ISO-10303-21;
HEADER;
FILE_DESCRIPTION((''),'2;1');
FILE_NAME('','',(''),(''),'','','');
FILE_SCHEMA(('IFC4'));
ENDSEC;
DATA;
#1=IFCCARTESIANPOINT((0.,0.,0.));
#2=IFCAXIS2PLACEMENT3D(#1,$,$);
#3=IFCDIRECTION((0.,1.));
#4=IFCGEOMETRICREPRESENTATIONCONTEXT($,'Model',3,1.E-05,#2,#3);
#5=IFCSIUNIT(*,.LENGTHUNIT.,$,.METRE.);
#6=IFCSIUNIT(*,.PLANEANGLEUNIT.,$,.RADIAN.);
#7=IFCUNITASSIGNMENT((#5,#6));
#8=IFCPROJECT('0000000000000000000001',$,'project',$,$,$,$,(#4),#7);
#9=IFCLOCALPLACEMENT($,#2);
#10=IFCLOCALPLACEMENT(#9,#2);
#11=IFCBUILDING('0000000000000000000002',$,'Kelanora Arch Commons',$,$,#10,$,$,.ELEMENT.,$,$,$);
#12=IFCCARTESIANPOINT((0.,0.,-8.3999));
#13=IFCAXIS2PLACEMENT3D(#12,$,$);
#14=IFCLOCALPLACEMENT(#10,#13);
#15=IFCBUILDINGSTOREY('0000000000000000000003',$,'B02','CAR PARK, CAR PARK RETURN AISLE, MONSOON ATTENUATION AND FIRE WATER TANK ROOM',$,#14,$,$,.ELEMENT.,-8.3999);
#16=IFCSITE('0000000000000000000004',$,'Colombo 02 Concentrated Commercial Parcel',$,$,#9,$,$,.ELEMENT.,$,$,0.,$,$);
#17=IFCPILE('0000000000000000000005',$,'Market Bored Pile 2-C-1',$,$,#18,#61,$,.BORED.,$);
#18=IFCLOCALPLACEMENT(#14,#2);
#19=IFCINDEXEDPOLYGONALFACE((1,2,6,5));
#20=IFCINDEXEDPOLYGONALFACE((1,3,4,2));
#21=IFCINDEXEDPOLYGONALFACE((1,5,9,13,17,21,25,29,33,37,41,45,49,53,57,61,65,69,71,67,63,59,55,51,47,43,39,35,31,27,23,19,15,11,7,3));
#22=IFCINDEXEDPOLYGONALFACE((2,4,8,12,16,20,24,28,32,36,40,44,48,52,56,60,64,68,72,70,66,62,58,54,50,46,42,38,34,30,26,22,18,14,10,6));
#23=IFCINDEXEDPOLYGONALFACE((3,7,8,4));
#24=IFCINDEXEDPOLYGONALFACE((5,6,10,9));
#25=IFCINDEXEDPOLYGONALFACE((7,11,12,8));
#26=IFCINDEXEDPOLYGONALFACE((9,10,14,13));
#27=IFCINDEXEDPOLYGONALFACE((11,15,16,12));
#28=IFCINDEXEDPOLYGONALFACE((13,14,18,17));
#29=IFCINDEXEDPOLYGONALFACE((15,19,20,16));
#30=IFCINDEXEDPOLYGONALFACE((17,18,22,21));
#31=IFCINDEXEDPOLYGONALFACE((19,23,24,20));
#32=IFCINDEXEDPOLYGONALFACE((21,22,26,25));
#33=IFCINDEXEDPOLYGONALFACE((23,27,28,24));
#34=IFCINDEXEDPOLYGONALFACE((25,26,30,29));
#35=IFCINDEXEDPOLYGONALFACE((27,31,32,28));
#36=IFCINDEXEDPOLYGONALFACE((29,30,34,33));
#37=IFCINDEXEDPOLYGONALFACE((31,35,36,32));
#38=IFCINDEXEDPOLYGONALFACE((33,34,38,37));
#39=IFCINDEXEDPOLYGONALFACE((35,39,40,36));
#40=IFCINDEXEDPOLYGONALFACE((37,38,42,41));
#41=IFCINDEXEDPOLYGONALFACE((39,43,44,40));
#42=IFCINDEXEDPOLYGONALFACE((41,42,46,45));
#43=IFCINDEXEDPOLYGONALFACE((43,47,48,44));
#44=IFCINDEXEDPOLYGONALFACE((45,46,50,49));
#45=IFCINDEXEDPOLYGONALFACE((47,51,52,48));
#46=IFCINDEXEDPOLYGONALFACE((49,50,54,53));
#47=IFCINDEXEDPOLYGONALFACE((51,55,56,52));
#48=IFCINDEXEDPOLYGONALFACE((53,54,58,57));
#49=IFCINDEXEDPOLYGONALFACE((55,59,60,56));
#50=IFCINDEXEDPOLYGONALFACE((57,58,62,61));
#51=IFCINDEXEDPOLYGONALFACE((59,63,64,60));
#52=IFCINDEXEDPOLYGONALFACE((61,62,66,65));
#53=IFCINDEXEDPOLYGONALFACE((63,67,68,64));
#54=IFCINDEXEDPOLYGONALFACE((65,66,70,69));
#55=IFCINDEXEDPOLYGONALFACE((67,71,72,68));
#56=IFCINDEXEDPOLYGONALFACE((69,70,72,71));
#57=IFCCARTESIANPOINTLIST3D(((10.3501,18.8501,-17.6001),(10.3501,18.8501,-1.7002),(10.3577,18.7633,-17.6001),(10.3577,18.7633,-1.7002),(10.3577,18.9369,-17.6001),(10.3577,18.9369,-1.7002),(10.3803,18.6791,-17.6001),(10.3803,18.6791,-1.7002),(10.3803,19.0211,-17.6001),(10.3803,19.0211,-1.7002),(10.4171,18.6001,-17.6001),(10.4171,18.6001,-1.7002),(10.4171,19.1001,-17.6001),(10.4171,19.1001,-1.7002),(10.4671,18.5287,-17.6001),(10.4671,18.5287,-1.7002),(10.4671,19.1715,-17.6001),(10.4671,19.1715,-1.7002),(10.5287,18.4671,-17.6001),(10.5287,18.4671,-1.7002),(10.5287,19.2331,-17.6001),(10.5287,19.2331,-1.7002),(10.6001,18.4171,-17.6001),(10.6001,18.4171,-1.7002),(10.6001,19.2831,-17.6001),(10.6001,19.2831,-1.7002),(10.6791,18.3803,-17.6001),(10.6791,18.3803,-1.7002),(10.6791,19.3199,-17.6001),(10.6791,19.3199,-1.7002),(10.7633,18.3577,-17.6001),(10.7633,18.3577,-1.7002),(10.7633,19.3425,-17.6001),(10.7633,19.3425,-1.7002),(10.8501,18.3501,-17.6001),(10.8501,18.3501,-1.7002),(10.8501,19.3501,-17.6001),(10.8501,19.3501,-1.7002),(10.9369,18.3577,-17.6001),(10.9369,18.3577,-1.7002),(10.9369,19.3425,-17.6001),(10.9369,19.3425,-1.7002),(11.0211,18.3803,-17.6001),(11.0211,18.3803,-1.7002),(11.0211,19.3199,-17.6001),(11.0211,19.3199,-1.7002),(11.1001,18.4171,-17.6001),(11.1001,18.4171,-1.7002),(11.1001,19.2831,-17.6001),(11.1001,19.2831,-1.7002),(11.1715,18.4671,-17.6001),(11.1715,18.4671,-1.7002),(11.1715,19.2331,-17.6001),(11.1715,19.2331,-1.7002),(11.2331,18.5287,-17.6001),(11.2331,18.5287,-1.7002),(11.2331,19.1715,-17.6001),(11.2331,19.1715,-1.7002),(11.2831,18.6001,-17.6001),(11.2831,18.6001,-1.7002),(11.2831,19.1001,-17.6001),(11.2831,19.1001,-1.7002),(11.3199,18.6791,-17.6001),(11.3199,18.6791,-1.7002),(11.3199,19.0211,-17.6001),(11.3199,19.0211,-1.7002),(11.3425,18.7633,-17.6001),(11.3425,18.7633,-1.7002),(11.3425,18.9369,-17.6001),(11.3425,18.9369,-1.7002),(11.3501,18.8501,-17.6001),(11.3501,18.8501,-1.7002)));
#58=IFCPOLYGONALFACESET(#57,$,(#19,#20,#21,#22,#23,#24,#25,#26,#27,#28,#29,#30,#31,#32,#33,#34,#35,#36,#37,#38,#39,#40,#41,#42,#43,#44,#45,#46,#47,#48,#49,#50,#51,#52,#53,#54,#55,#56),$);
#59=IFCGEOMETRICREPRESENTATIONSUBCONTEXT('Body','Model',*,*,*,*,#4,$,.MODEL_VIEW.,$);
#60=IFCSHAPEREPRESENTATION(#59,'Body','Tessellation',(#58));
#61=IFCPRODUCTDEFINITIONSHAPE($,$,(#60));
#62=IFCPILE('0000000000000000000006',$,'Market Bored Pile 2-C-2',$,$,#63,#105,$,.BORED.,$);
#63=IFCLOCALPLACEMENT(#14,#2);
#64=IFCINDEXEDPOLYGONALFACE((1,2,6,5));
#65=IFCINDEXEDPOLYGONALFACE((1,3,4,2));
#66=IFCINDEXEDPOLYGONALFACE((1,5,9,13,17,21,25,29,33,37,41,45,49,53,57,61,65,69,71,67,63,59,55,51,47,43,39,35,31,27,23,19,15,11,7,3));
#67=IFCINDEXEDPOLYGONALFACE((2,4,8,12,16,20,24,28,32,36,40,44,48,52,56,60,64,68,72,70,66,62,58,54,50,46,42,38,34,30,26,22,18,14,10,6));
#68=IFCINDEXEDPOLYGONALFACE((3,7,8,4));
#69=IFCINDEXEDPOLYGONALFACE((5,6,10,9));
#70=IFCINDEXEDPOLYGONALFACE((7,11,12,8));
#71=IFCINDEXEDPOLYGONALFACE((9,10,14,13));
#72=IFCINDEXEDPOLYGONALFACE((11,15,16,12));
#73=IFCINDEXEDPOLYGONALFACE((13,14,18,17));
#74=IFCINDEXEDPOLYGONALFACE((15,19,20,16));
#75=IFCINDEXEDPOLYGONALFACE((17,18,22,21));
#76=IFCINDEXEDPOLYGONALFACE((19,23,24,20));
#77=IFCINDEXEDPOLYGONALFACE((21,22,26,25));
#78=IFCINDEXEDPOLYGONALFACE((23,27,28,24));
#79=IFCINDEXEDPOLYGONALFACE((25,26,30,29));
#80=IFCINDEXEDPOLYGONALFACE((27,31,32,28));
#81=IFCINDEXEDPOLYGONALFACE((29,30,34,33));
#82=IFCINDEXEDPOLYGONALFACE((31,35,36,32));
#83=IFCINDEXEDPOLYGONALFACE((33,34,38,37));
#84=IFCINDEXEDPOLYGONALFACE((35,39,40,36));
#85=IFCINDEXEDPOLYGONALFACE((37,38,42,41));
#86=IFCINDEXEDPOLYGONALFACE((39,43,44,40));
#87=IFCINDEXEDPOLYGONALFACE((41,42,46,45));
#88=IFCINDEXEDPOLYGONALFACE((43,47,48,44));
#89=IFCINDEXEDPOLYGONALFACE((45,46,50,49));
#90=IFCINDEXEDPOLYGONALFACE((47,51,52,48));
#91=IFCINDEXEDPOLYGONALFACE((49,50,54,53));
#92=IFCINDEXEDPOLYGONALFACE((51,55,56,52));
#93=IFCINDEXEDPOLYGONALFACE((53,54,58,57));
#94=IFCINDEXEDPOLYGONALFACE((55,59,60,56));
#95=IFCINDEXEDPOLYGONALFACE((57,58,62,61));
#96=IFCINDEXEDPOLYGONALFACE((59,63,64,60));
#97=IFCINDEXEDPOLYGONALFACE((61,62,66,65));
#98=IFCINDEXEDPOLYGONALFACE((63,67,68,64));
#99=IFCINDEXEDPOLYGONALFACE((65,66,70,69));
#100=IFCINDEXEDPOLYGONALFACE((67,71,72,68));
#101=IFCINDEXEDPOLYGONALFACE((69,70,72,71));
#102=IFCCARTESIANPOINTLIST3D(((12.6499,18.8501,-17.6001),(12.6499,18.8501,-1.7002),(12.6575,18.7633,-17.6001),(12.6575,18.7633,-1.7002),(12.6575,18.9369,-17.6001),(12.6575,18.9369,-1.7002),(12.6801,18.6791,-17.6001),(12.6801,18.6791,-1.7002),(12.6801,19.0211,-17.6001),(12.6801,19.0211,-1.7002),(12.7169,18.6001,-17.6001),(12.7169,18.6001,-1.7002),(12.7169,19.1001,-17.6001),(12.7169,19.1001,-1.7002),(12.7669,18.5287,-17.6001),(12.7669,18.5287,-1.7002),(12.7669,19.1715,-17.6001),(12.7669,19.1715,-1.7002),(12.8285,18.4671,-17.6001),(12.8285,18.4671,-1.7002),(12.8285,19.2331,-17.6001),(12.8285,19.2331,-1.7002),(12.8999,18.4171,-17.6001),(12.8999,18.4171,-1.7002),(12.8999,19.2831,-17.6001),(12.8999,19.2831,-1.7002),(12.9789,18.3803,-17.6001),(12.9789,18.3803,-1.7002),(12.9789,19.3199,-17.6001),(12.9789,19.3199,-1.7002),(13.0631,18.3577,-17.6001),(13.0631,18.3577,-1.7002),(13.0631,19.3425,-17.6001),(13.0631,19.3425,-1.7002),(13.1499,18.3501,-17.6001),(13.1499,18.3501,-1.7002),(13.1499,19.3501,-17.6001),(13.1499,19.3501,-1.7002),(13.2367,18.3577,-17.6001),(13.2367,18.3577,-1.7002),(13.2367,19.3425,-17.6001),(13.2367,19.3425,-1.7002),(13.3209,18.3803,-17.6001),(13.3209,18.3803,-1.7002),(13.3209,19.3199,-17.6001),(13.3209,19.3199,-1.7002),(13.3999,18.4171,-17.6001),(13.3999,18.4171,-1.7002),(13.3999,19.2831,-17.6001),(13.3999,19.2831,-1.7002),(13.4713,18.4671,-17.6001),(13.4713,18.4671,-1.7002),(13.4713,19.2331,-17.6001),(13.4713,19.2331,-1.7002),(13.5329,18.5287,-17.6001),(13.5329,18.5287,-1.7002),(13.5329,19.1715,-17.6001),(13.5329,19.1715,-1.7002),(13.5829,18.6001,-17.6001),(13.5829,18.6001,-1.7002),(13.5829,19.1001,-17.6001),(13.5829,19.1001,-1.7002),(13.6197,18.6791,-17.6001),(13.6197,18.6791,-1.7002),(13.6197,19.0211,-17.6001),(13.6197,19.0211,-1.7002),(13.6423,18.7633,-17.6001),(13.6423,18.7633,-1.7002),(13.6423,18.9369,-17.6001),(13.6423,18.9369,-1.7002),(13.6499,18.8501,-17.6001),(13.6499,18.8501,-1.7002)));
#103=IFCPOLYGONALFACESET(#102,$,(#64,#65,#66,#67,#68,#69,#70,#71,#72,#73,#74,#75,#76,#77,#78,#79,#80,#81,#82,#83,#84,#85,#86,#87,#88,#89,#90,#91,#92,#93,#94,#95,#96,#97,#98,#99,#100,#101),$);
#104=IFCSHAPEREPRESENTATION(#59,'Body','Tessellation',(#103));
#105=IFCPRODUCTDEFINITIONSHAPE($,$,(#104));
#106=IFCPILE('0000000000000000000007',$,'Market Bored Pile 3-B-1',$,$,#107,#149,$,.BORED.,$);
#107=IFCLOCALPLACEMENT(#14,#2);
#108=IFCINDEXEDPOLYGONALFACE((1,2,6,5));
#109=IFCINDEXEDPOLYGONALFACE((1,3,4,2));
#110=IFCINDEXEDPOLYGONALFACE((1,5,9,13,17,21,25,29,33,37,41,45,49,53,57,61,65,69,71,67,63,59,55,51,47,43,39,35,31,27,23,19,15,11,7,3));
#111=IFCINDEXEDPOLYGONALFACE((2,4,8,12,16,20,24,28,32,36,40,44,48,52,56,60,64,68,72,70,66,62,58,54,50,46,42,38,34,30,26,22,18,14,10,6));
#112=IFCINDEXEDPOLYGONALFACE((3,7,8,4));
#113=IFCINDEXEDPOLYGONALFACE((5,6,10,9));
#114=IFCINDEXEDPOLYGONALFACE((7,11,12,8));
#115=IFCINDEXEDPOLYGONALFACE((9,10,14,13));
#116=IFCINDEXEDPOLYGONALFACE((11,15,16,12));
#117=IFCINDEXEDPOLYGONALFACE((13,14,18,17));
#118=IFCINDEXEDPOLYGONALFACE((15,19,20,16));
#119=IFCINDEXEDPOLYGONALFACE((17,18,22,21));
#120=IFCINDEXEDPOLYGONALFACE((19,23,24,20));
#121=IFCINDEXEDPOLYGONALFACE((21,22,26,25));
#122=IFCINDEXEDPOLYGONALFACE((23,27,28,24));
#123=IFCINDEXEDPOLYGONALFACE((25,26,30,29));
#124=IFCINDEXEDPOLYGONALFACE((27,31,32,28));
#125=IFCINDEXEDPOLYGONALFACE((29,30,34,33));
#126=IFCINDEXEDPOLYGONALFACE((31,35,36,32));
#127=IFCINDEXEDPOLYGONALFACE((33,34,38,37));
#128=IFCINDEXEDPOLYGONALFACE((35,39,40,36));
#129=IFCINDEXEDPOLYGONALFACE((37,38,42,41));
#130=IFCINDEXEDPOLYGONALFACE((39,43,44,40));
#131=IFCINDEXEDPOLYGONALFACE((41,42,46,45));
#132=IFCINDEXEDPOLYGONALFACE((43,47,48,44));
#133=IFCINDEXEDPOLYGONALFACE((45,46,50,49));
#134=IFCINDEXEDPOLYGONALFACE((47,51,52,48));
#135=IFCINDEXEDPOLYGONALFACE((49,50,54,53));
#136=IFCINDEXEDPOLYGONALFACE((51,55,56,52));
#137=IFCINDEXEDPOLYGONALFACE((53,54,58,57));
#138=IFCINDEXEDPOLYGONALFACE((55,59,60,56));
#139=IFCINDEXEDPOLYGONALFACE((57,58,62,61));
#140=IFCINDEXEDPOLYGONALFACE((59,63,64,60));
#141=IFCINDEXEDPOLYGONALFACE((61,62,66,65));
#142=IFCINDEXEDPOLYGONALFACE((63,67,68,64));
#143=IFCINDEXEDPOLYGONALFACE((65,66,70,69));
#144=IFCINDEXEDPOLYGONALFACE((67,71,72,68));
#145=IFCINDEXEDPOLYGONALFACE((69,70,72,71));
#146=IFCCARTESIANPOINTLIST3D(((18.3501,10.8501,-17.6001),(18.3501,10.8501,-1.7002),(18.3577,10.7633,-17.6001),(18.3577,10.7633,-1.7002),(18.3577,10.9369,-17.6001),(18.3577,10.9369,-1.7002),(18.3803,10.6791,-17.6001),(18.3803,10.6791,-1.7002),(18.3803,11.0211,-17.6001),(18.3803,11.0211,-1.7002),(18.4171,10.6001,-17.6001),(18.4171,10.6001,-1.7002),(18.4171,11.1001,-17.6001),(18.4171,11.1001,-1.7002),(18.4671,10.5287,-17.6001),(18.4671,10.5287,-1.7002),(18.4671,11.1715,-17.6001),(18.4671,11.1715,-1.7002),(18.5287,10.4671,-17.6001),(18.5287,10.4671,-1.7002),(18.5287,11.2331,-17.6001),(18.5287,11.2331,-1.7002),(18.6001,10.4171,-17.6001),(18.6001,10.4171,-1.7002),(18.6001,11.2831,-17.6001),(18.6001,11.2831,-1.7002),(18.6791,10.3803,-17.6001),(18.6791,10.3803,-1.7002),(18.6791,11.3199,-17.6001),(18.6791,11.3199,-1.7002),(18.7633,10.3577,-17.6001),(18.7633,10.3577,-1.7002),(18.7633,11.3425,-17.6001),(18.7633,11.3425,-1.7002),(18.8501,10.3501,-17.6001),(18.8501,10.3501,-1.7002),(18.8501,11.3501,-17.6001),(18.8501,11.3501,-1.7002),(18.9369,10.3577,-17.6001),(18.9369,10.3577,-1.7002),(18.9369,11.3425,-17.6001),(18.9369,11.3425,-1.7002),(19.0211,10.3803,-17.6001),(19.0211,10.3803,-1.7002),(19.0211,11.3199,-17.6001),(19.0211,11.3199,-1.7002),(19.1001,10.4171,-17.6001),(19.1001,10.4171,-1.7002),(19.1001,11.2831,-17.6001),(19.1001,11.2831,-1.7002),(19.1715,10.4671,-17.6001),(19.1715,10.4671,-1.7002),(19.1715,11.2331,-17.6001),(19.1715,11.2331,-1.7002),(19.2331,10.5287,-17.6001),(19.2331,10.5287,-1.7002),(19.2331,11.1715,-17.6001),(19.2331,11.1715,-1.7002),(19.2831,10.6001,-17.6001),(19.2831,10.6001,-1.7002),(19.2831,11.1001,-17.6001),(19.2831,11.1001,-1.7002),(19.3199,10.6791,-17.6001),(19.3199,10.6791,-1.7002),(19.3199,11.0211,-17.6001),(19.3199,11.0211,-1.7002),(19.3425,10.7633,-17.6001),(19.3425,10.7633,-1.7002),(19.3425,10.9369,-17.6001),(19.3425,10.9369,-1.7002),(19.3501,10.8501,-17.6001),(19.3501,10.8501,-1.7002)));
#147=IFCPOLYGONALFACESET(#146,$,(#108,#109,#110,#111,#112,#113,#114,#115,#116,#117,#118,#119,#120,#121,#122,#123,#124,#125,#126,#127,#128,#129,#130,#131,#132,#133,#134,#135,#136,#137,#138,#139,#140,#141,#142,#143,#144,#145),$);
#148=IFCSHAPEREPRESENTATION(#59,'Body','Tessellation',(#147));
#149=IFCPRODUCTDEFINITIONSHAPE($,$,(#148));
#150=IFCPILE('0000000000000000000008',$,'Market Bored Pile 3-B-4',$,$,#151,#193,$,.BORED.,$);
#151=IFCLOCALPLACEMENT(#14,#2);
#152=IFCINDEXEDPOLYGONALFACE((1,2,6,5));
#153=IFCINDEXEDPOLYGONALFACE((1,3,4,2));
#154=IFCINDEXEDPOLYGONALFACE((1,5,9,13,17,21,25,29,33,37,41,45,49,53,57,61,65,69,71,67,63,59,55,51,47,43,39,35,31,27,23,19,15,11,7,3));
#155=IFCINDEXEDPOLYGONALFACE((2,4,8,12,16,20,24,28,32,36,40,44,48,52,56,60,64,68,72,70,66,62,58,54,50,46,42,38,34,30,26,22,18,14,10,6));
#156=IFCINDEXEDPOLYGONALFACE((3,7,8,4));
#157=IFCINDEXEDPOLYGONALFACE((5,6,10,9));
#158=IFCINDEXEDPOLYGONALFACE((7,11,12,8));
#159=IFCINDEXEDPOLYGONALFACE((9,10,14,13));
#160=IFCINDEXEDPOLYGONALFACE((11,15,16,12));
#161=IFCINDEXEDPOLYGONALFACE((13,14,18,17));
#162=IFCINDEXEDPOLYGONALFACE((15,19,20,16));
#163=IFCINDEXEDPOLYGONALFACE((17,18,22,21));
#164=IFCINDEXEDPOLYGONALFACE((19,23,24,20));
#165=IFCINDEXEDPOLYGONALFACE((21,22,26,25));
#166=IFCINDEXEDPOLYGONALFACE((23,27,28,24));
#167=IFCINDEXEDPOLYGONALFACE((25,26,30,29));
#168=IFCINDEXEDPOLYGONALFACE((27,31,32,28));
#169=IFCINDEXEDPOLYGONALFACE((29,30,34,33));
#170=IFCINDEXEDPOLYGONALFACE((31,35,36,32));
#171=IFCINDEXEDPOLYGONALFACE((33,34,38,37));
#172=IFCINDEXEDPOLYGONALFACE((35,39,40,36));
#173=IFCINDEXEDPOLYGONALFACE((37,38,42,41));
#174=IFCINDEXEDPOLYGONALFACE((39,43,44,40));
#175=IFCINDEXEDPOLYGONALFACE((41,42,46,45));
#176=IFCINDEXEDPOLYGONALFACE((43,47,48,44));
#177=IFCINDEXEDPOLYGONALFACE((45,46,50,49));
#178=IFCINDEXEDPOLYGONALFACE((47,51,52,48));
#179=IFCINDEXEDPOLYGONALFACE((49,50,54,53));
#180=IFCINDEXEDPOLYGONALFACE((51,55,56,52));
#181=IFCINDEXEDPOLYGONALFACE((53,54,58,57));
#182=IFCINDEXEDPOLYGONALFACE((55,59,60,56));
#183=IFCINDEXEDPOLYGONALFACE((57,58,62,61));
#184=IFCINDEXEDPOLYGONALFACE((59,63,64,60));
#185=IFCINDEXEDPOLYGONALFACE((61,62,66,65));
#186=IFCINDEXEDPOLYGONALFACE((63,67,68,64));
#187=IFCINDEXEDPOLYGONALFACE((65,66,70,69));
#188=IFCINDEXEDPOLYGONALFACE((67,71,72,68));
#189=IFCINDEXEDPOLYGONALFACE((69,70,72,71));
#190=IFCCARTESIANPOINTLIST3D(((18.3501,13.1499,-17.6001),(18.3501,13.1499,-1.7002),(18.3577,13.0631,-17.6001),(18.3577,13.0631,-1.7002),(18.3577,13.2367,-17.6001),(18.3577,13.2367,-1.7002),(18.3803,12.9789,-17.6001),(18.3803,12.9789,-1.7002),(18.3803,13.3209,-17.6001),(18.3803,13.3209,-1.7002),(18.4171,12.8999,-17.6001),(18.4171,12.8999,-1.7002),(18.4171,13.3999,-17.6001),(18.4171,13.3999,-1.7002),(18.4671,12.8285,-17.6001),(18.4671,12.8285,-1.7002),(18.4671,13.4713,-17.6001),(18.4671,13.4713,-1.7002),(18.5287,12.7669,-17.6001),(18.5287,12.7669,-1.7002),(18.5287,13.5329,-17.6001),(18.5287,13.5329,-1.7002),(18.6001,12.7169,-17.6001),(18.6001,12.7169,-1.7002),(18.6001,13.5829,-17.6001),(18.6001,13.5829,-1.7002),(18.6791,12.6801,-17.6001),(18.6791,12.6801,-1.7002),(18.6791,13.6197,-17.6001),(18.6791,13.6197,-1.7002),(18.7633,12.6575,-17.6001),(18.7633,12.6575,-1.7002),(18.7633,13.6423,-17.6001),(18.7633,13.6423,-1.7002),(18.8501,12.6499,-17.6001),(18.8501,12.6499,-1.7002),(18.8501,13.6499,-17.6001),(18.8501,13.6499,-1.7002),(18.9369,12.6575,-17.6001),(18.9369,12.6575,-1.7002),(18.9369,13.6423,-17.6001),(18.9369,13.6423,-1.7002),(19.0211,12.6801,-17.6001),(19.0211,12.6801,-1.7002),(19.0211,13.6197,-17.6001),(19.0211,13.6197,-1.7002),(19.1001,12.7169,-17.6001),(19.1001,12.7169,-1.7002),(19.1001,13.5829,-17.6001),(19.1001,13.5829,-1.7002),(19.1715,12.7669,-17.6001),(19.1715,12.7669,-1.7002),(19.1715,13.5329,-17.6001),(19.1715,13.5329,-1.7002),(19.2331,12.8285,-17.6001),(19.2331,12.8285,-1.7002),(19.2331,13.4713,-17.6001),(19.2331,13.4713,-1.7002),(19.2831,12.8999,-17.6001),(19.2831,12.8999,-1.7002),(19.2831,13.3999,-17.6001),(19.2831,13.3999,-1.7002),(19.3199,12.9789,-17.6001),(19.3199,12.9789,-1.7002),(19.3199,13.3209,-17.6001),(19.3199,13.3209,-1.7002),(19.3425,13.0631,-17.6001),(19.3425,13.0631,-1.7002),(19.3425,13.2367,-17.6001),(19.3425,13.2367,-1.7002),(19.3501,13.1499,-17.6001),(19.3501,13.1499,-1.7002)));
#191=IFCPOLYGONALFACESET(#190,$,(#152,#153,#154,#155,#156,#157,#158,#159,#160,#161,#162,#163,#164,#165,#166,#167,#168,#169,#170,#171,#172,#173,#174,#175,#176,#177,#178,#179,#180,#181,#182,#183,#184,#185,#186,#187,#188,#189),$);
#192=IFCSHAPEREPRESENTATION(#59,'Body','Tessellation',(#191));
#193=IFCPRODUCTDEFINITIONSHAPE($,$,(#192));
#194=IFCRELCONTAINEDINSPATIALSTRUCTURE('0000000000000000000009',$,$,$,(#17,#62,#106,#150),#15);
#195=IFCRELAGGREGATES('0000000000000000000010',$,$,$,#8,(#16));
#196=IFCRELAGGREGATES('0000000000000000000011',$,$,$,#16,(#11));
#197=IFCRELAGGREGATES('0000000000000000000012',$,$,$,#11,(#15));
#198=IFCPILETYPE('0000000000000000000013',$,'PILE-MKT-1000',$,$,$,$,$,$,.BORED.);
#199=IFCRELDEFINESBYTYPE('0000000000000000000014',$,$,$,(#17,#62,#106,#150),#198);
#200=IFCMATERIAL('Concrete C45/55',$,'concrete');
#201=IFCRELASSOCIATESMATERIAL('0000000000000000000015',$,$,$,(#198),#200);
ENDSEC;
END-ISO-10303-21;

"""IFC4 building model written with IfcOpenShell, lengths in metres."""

from ifc_helpers import new_model, si_unit, direction, frame, origin, origin_2d, place, context, subcontext, project, spatial, circle, extrude, source, transform, mapped, material, material_profile, profile_set, type_object, element, save


model = new_model("IFC4")

# Units and contexts
model_context = context("Model", 3, precision=1e-05, world=origin(), true_north=direction((0.0, 1.0)))
body_context = subcontext(model_context, "Body", "Model", "MODEL_VIEW")
ifc_project = project(units=[si_unit("LENGTHUNIT", "METRE"), si_unit("PLANEANGLEUNIT", "RADIAN")], contexts=[model_context])

# Site, building, storey
site_placement = place(None, origin())
site = spatial("IfcSite", under=ifc_project, at=site_placement, Name="Colombo 02 Concentrated Commercial Parcel", CompositionType="ELEMENT", RefElevation=0.0)
building_placement = place(site_placement, origin())
building = spatial("IfcBuilding", under=site, at=building_placement, Name="Kelanora Arch Commons", CompositionType="ELEMENT")
storey_placement = place(building_placement, frame((0.0, 0.0, -8.3999)))
storey = spatial("IfcBuildingStorey", under=building, at=storey_placement, Name="B02", Description="CAR PARK, CAR PARK RETURN AISLE, MONSOON ATTENUATION AND FIRE WATER TANK ROOM", CompositionType="ELEMENT", Elevation=-8.3999)

# Piles
ifc_material_1 = material(Name="Concrete C45/55", Category="concrete")
ifc_material_profile_1 = material_profile(ifc_material_1, circle(Radius=0.5, at=origin_2d()), Name="PILE1000")
ifc_profile_set_1 = profile_set([ifc_material_profile_1], Name="Concrete C45/55")
pile_type = type_object("IfcPileType", Name="PILE-MKT-1000", PredefinedType="BORED", material=ifc_profile_set_1)
shared_shape_1 = source(origin(), body_context, "Body", "SweptSolid", [
    extrude(circle(Radius=0.5, at=origin_2d()), origin(), (0.0, 0.0, 1.0), 15.8999),
])
for number, where, z_axis, x_axis, name in (
    (1, (10.8501, 18.8501, -1.7002), (0.0, 0.0, -1.0), (1.0, 0.0, 0.0), "Market Bored Pile 2-C-1"),
    (2, (13.1499, 18.8501, -1.7002), (0.0, 0.0, -1.0), (1.0, 0.0, 0.0), "Market Bored Pile 2-C-2"),
    (3, (18.8501, 10.8501, -1.7002), (0.0, 0.0, -1.0), (1.0, 0.0, 0.0), "Market Bored Pile 3-B-1"),
    (4, (18.8501, 13.1499, -1.7002), (0.0, 0.0, -1.0), (1.0, 0.0, 0.0), "Market Bored Pile 3-B-4"),
):
    element("IfcPile", number, at=place(storey_placement, frame(where, z_axis=z_axis, x_axis=x_axis)), inside=storey, type_object=pile_type, Name=name, PredefinedType="BORED", context=body_context, shape_type="MappedRepresentation", body=[
        mapped(shared_shape_1, transform((0.0, 0.0, 0.0), scale=1.0)),
    ])

save(model, "model.ifc")
